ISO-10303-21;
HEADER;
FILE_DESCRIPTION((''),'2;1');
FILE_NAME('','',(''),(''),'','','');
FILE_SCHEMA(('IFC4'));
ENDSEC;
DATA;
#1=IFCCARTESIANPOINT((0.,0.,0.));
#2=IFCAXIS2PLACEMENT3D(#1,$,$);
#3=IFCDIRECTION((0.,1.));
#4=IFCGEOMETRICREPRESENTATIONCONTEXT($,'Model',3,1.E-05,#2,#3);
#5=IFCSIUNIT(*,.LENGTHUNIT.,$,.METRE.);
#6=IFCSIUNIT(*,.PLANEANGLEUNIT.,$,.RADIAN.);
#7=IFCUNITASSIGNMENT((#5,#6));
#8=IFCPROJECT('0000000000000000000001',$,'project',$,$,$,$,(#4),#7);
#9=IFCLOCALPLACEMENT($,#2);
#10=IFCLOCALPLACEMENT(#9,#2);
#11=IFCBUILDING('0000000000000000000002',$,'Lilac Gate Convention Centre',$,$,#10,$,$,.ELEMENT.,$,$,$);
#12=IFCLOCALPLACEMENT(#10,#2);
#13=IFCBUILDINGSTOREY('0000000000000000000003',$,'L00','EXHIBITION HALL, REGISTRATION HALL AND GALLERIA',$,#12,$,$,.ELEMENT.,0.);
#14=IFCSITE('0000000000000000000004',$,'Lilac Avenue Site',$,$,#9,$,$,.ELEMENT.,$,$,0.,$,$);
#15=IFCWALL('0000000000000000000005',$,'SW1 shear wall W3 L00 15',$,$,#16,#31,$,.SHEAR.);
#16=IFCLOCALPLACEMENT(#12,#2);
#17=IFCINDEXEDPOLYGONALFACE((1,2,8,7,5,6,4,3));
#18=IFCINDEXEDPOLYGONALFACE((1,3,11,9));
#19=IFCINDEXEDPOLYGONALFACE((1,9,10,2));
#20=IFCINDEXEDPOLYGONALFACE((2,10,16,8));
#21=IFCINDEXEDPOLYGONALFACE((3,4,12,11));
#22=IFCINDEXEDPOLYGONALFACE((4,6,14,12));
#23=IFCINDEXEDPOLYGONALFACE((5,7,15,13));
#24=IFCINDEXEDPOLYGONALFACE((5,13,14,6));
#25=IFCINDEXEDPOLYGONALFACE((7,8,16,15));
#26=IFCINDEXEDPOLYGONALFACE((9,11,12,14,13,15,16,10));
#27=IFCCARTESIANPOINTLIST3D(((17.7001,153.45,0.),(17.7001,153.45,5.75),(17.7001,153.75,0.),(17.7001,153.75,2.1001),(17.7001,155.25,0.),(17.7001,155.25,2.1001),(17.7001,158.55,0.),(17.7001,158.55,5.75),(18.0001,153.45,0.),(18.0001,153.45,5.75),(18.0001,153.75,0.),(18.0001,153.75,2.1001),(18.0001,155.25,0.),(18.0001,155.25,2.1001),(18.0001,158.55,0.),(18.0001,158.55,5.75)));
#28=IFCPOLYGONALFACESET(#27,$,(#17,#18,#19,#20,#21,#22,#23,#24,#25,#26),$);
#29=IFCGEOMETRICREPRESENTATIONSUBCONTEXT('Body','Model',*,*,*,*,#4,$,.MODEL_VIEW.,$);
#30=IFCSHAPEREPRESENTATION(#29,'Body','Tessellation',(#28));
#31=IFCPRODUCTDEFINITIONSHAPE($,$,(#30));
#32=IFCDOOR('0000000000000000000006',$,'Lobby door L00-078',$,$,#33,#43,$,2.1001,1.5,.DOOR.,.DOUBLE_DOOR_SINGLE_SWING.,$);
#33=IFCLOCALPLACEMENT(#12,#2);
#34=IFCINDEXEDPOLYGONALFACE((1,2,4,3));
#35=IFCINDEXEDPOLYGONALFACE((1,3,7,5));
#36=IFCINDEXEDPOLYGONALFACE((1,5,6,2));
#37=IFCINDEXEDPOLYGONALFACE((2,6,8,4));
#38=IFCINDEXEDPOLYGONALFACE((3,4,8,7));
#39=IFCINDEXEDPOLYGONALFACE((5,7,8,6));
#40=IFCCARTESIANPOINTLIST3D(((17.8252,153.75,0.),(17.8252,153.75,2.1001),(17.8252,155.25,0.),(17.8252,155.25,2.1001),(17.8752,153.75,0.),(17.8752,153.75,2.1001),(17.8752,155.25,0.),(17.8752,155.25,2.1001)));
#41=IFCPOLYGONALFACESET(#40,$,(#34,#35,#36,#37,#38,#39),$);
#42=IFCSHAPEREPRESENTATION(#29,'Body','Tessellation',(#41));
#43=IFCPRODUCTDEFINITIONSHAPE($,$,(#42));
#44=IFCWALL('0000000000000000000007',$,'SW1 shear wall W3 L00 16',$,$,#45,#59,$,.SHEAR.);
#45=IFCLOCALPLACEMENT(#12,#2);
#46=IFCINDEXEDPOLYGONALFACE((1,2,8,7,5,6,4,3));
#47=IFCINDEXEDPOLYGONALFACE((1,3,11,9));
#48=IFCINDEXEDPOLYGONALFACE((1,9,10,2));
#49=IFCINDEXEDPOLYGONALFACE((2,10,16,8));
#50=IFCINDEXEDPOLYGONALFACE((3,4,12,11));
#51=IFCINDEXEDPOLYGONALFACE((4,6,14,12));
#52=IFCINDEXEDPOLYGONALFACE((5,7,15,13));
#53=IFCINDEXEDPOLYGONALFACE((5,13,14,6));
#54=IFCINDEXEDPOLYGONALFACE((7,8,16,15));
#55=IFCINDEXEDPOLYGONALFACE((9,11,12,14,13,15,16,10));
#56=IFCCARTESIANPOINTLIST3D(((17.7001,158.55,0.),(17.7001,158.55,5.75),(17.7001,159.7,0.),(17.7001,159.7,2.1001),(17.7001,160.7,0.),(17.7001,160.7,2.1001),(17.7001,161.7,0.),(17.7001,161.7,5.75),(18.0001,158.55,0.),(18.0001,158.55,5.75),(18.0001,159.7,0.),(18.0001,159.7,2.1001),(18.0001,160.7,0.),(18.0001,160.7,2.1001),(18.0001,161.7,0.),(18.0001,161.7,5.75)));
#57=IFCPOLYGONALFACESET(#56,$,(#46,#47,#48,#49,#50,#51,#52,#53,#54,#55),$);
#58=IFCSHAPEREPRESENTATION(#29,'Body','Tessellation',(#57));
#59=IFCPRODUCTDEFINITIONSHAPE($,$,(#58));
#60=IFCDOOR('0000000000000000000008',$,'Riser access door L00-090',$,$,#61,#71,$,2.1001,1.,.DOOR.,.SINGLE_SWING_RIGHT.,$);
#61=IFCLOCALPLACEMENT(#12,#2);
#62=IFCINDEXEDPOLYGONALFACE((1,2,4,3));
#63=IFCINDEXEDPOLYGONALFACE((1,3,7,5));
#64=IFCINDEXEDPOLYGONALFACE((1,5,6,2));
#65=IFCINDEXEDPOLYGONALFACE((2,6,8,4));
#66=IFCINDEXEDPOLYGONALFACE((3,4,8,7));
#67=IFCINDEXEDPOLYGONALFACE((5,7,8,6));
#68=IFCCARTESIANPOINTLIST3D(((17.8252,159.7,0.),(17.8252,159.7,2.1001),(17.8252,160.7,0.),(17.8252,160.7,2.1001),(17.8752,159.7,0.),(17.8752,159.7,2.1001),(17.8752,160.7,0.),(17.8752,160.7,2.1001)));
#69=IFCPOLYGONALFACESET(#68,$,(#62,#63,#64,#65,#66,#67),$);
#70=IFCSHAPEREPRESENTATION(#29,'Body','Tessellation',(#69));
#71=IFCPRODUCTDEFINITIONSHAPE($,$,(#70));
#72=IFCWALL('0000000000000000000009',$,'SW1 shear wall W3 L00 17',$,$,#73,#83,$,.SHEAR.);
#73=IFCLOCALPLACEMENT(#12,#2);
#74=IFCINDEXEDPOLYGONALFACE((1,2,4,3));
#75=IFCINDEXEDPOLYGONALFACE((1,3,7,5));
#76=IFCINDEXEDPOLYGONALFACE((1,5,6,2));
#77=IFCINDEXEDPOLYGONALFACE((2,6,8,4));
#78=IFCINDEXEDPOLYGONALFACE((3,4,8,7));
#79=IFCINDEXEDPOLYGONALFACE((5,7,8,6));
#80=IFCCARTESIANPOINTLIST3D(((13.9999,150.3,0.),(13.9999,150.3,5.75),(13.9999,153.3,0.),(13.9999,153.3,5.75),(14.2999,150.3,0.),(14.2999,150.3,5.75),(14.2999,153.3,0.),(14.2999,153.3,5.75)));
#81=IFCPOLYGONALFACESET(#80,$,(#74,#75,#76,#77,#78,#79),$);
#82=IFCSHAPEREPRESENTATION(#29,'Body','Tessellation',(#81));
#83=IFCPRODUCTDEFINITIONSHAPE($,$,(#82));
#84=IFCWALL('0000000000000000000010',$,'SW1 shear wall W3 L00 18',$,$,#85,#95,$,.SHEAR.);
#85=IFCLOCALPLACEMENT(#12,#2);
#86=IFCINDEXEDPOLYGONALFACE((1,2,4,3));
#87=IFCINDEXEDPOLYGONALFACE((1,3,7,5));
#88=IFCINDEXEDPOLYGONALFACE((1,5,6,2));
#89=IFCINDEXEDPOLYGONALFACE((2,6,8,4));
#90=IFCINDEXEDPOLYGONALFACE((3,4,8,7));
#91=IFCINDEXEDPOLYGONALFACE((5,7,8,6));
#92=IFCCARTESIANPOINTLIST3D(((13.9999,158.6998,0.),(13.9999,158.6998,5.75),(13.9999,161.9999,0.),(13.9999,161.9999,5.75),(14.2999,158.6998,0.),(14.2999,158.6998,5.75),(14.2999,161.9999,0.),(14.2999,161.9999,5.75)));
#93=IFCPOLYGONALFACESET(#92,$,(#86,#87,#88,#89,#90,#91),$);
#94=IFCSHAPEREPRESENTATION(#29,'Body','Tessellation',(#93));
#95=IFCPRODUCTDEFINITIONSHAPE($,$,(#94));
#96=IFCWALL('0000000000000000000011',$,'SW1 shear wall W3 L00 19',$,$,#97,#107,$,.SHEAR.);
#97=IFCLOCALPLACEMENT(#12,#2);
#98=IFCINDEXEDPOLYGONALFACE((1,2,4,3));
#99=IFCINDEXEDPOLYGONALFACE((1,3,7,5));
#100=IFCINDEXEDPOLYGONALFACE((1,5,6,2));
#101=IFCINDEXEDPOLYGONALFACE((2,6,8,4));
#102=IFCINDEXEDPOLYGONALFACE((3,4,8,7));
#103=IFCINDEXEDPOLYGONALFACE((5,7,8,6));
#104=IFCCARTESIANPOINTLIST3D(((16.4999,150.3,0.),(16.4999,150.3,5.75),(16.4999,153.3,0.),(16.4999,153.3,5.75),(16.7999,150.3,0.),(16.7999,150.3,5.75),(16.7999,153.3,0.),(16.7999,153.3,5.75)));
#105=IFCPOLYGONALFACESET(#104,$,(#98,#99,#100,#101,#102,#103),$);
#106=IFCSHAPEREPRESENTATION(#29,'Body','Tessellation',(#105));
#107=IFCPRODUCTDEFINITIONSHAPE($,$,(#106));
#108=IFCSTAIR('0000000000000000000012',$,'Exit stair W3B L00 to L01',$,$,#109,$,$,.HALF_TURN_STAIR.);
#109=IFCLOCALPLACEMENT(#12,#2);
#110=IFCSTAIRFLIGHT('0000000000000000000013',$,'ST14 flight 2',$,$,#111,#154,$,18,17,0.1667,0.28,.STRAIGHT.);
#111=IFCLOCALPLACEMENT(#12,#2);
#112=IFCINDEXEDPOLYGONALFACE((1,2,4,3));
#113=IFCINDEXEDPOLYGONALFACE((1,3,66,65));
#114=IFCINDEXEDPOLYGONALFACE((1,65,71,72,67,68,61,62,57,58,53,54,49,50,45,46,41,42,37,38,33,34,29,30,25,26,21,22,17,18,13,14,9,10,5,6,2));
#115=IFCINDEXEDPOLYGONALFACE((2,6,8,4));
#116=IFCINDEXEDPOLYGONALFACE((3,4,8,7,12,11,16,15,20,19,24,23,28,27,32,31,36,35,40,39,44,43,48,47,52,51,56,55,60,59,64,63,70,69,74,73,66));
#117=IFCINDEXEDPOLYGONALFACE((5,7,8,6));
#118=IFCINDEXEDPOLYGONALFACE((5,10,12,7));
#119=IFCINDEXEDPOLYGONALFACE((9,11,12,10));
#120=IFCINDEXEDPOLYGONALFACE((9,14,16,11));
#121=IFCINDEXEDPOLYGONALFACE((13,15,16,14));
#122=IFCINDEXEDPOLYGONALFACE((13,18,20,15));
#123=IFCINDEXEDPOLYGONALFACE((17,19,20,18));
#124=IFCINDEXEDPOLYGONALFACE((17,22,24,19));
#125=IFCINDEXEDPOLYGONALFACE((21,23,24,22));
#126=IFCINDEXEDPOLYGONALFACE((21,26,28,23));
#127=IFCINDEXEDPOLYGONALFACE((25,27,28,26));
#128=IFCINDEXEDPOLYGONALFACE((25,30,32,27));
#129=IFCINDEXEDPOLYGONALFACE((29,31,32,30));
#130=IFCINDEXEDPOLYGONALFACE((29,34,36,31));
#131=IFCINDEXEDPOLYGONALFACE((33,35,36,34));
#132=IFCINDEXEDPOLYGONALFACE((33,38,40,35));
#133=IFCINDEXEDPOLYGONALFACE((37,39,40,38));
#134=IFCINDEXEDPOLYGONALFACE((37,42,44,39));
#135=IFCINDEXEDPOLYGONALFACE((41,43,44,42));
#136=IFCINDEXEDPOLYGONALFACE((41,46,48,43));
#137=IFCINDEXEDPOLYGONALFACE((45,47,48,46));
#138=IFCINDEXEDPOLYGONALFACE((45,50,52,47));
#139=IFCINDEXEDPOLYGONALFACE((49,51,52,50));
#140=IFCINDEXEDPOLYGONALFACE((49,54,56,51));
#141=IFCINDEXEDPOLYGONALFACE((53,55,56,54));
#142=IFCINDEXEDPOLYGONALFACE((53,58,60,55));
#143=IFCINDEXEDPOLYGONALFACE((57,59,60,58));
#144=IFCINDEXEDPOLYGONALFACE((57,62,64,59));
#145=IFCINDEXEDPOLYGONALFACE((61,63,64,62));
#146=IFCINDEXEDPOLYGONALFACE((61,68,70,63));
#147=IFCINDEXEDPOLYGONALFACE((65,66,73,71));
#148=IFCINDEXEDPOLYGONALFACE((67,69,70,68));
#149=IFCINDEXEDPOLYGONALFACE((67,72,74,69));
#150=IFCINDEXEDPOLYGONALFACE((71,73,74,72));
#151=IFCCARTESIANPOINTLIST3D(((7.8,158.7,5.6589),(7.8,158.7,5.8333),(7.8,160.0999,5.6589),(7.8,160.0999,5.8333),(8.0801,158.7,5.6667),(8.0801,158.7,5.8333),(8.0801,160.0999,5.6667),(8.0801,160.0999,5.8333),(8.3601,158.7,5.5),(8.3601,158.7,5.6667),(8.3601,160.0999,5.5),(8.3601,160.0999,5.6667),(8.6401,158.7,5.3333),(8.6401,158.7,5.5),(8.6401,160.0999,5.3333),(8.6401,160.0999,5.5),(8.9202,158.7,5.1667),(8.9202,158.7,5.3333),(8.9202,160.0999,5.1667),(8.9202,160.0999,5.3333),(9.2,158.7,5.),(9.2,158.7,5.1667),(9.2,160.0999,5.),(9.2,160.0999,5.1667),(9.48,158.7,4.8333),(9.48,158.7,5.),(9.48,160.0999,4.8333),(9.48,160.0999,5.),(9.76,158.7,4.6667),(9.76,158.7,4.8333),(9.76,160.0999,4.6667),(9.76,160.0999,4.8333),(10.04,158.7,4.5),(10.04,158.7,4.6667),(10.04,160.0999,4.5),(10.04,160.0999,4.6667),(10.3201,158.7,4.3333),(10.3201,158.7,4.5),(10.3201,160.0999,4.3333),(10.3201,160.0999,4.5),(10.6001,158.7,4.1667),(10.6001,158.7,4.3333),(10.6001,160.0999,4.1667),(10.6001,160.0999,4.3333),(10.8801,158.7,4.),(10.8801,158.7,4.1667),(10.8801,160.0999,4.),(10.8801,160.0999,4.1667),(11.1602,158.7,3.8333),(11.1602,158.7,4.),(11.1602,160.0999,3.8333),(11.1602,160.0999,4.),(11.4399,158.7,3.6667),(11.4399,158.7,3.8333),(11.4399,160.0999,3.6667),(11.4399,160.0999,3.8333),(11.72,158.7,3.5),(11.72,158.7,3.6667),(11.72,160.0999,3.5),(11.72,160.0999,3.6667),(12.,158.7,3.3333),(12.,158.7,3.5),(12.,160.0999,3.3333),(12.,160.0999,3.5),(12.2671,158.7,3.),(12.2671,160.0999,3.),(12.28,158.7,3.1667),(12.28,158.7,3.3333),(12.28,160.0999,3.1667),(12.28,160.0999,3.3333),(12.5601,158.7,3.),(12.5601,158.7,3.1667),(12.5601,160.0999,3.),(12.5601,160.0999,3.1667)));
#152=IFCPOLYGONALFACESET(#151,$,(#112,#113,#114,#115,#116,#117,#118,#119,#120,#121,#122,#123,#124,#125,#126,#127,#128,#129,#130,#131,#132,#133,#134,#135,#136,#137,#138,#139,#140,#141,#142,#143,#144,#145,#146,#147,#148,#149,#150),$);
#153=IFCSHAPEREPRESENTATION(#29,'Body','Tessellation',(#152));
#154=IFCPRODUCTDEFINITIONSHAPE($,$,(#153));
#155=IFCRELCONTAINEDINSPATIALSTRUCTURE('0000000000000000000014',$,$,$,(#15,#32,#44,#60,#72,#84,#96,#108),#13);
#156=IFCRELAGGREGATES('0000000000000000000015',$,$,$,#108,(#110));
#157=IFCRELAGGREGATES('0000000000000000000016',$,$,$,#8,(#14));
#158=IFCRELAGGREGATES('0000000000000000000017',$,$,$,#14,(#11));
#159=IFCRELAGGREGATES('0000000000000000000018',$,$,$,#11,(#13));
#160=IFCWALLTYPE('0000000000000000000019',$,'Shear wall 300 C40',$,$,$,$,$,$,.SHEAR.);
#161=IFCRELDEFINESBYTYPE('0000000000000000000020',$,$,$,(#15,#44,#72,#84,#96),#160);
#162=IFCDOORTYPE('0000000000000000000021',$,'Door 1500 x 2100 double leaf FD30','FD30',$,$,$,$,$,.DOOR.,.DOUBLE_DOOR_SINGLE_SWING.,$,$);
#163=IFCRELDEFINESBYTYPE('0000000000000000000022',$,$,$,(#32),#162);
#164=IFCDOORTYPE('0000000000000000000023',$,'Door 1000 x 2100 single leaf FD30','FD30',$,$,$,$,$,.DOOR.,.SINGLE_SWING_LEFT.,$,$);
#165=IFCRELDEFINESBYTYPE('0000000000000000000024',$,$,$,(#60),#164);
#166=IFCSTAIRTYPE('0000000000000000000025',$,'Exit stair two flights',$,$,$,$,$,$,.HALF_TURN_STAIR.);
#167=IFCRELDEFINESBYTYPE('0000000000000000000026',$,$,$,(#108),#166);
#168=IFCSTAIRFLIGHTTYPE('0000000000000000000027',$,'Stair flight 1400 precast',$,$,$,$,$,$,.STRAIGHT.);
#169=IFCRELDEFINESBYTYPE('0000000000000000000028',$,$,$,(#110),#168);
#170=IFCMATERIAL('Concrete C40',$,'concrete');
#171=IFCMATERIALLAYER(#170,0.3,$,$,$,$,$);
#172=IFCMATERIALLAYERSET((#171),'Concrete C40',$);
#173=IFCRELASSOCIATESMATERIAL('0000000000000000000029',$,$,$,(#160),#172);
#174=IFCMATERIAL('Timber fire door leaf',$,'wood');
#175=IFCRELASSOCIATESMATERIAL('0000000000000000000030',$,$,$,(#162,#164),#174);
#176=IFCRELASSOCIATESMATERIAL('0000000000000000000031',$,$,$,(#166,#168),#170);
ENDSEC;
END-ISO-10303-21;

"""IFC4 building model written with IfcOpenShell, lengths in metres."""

from ifc_helpers import new_model, si_unit, direction, frame, frame_2d, origin, place, context, subcontext, project, spatial, polyline, rectangle, outline, extrude, material, layer, layer_set, type_object, element, fill, aggregate, save


model = new_model("IFC4")

# Units and contexts
model_context = context("Model", 3, precision=1e-05, world=origin(), true_north=direction((0.0, 1.0)))
body_context = subcontext(model_context, "Body", "Model", "MODEL_VIEW")
ifc_project = project(units=[si_unit("LENGTHUNIT", "METRE"), si_unit("PLANEANGLEUNIT", "RADIAN")], contexts=[model_context])

# Site, building, storey
site_placement = place(None, origin())
site = spatial("IfcSite", under=ifc_project, at=site_placement, Name="Lilac Avenue Site", CompositionType="ELEMENT", RefElevation=0.0)
building_placement = place(site_placement, origin())
building = spatial("IfcBuilding", under=site, at=building_placement, Name="Lilac Gate Convention Centre", CompositionType="ELEMENT")
storey_placement = place(building_placement, origin())
storey = spatial("IfcBuildingStorey", under=building, at=storey_placement, Name="L00", Description="EXHIBITION HALL, REGISTRATION HALL AND GALLERIA", CompositionType="ELEMENT", Elevation=0.0)

# Shared definitions
ifc_material_1 = material(Name="Concrete C40", Category="concrete")

# Shared definitions
ifc_layer_1 = layer(ifc_material_1, 0.3)
ifc_layer_set_1 = layer_set([ifc_layer_1], Name="Concrete C40")
wall_type_1 = type_object("IfcWallType", Name="Shear wall 300 C40", PredefinedType="SHEAR", material=ifc_layer_set_1)

# Shared definitions
ifc_material_2 = material(Name="Timber fire door leaf", Category="wood")

# Walls, openings, doors
wall_1_placement = place(storey_placement, frame((17.8501, 153.45, 0.0), z_axis=(0.0, 0.0, 1.0), x_axis=(0.0, 1.0, 0.0)))
wall_1 = element("IfcWall", 1, at=wall_1_placement, inside=storey, type_object=wall_type_1, Name="SW1 shear wall W3 L00 15", PredefinedType="SHEAR", context=body_context, shape_type="SweptSolid", body=[
    extrude(rectangle(XDim=5.1001, YDim=0.3, at=frame_2d((2.55, 0.0))), origin(), (0.0, 0.0, 1.0), 5.75),
])
opening_1_placement = place(wall_1_placement, frame((0.3, 0.0, 0.0)))
opening_1 = element("IfcOpeningElement", 2, at=opening_1_placement, cuts=wall_1, PredefinedType="OPENING", context=body_context, shape_type="SweptSolid", body=[
    extrude(rectangle(XDim=1.5, YDim=2.1001, at=frame_2d((0.75, 1.05))), frame((0.0, 0.1599, 0.0), z_axis=(0.0, -1.0, 0.0), x_axis=(1.0, 0.0, 0.0)), (0.0, 0.0, 1.0), 0.3201),
])
door_type_1 = type_object("IfcDoorType", Name="Door 1500 x 2100 double leaf FD30", Description="FD30", OperationType="DOUBLE_DOOR_SINGLE_SWING", PredefinedType="DOOR", material=ifc_material_2)
door_1_placement = place(opening_1_placement, origin())
door_1 = element("IfcDoor", 3, at=door_1_placement, inside=storey, type_object=door_type_1, Name="Lobby door L00-078", OperationType="DOUBLE_DOOR_SINGLE_SWING", OverallHeight=2.1001, OverallWidth=1.5, PredefinedType="DOOR", context=body_context, shape_type="SweptSolid", body=[
    extrude(rectangle(XDim=1.5, YDim=2.1001, at=frame_2d((0.75, 1.05))), frame((0.0, 0.0249, 0.0), z_axis=(0.0, -1.0, 0.0), x_axis=(1.0, 0.0, 0.0)), (0.0, 0.0, 1.0), 0.05),
])
fill(opening_1, door_1)
wall_2_placement = place(storey_placement, frame((17.8501, 158.55, 0.0), z_axis=(0.0, 0.0, 1.0), x_axis=(0.0, 1.0, 0.0)))
wall_2 = element("IfcWall", 4, at=wall_2_placement, inside=storey, type_object=wall_type_1, Name="SW1 shear wall W3 L00 16", PredefinedType="SHEAR", context=body_context, shape_type="SweptSolid", body=[
    extrude(rectangle(XDim=3.1499, YDim=0.3, at=frame_2d((1.575, 0.0))), origin(), (0.0, 0.0, 1.0), 5.75),
])
opening_2_placement = place(wall_2_placement, frame((1.1499, 0.0, 0.0)))
opening_2 = element("IfcOpeningElement", 5, at=opening_2_placement, cuts=wall_2, PredefinedType="OPENING", context=body_context, shape_type="SweptSolid", body=[
    extrude(rectangle(XDim=1.0, YDim=2.1001, at=frame_2d((0.5, 1.05))), frame((0.0, 0.1599, 0.0), z_axis=(0.0, -1.0, 0.0), x_axis=(1.0, 0.0, 0.0)), (0.0, 0.0, 1.0), 0.3201),
])
door_type_2 = type_object("IfcDoorType", Name="Door 1000 x 2100 single leaf FD30", Description="FD30", OperationType="SINGLE_SWING_LEFT", PredefinedType="DOOR", material=ifc_material_2)
door_2_placement = place(opening_2_placement, origin())
door_2 = element("IfcDoor", 6, at=door_2_placement, inside=storey, type_object=door_type_2, Name="Riser access door L00-090", OperationType="SINGLE_SWING_RIGHT", OverallHeight=2.1001, OverallWidth=1.0, PredefinedType="DOOR", context=body_context, shape_type="SweptSolid", body=[
    extrude(rectangle(XDim=1.0, YDim=2.1001, at=frame_2d((0.5, 1.05))), frame((0.0, 0.0249, 0.0), z_axis=(0.0, -1.0, 0.0), x_axis=(1.0, 0.0, 0.0)), (0.0, 0.0, 1.0), 0.05),
])
fill(opening_2, door_2)

# Walls
wall_3_placement = place(storey_placement, frame((14.1499, 150.3, 0.0), z_axis=(0.0, 0.0, 1.0), x_axis=(0.0, 1.0, 0.0)))
element("IfcWall", 7, at=wall_3_placement, inside=storey, type_object=wall_type_1, Name="SW1 shear wall W3 L00 17", PredefinedType="SHEAR", context=body_context, shape_type="SweptSolid", body=[
    extrude(rectangle(XDim=3.0, YDim=0.3, at=frame_2d((1.5, 0.0))), origin(), (0.0, 0.0, 1.0), 5.75),
])
wall_4_placement = place(storey_placement, frame((14.1499, 158.7, 0.0), z_axis=(0.0, 0.0, 1.0), x_axis=(0.0, 1.0, 0.0)))
element("IfcWall", 8, at=wall_4_placement, inside=storey, type_object=wall_type_1, Name="SW1 shear wall W3 L00 18", PredefinedType="SHEAR", context=body_context, shape_type="SweptSolid", body=[
    extrude(rectangle(XDim=3.3, YDim=0.3, at=frame_2d((1.6499, 0.0))), origin(), (0.0, 0.0, 1.0), 5.75),
])
wall_5_placement = place(storey_placement, frame((16.6499, 150.3, 0.0), z_axis=(0.0, 0.0, 1.0), x_axis=(0.0, 1.0, 0.0)))
element("IfcWall", 9, at=wall_5_placement, inside=storey, type_object=wall_type_1, Name="SW1 shear wall W3 L00 19", PredefinedType="SHEAR", context=body_context, shape_type="SweptSolid", body=[
    extrude(rectangle(XDim=3.0, YDim=0.3, at=frame_2d((1.5, 0.0))), origin(), (0.0, 0.0, 1.0), 5.75),
])

# Stair, stair flight
stair_type = type_object("IfcStairType", Name="Exit stair two flights", PredefinedType="HALF_TURN_STAIR", material=ifc_material_1)
stair_placement = place(storey_placement, origin())
stair = element("IfcStair", 10, at=stair_placement, inside=storey, type_object=stair_type, Name="Exit stair W3B L00 to L01", PredefinedType="HALF_TURN_STAIR")
stair_flight_type = type_object("IfcStairFlightType", Name="Stair flight 1400 precast", PredefinedType="STRAIGHT", material=ifc_material_1)
stair_flight_placement = place(storey_placement, frame((12.5601, 159.3999, 3.0), z_axis=(0.0, 0.0, 1.0), x_axis=(-1.0, 0.0, 0.0)))
stair_flight = element("IfcStairFlight", 11, at=stair_flight_placement, type_object=stair_flight_type, Name="ST14 flight 2", NumberOfRisers=18, NumberOfTreads=17, PredefinedType="STRAIGHT", RiserHeight=0.1667, TreadLength=0.28, context=body_context, shape_type="SweptSolid", body=[
    extrude(outline(polyline([(0.0, 0.0), (0.0, 0.1667), (0.28, 0.1667), (0.28, 0.3333), (0.5601, 0.3333), (0.5601, 0.5), (0.8401, 0.5), (0.8401, 0.6667), (1.1201, 0.6667), (1.1201, 0.8333), (1.3999, 0.8333), (1.3999, 1.0), (1.6799, 1.0), (1.6799, 1.1667), (1.96, 1.1667), (1.96, 1.3333), (2.24, 1.3333), (2.24, 1.5), (2.52, 1.5), (2.52, 1.6667), (2.8, 1.6667), (2.8, 1.8333), (3.0801, 1.8333), (3.0801, 2.0), (3.3601, 2.0), (3.3601, 2.1667), (3.6399, 2.1667), (3.6399, 2.3333), (3.9199, 2.3333), (3.9199, 2.5), (4.2, 2.5), (4.2, 2.6667), (4.48, 2.6667), (4.48, 2.8333), (4.76, 2.8333), (4.76, 3.0), (4.76, 2.6589), (0.293, 0.0), (0.0, 0.0)])), frame((0.0, 0.7, 0.0), z_axis=(0.0, -1.0, 0.0), x_axis=(1.0, 0.0, 0.0)), (0.0, 0.0, 1.0), 1.3999),
])
aggregate(stair, [stair_flight])

save(model, "model.ifc")
